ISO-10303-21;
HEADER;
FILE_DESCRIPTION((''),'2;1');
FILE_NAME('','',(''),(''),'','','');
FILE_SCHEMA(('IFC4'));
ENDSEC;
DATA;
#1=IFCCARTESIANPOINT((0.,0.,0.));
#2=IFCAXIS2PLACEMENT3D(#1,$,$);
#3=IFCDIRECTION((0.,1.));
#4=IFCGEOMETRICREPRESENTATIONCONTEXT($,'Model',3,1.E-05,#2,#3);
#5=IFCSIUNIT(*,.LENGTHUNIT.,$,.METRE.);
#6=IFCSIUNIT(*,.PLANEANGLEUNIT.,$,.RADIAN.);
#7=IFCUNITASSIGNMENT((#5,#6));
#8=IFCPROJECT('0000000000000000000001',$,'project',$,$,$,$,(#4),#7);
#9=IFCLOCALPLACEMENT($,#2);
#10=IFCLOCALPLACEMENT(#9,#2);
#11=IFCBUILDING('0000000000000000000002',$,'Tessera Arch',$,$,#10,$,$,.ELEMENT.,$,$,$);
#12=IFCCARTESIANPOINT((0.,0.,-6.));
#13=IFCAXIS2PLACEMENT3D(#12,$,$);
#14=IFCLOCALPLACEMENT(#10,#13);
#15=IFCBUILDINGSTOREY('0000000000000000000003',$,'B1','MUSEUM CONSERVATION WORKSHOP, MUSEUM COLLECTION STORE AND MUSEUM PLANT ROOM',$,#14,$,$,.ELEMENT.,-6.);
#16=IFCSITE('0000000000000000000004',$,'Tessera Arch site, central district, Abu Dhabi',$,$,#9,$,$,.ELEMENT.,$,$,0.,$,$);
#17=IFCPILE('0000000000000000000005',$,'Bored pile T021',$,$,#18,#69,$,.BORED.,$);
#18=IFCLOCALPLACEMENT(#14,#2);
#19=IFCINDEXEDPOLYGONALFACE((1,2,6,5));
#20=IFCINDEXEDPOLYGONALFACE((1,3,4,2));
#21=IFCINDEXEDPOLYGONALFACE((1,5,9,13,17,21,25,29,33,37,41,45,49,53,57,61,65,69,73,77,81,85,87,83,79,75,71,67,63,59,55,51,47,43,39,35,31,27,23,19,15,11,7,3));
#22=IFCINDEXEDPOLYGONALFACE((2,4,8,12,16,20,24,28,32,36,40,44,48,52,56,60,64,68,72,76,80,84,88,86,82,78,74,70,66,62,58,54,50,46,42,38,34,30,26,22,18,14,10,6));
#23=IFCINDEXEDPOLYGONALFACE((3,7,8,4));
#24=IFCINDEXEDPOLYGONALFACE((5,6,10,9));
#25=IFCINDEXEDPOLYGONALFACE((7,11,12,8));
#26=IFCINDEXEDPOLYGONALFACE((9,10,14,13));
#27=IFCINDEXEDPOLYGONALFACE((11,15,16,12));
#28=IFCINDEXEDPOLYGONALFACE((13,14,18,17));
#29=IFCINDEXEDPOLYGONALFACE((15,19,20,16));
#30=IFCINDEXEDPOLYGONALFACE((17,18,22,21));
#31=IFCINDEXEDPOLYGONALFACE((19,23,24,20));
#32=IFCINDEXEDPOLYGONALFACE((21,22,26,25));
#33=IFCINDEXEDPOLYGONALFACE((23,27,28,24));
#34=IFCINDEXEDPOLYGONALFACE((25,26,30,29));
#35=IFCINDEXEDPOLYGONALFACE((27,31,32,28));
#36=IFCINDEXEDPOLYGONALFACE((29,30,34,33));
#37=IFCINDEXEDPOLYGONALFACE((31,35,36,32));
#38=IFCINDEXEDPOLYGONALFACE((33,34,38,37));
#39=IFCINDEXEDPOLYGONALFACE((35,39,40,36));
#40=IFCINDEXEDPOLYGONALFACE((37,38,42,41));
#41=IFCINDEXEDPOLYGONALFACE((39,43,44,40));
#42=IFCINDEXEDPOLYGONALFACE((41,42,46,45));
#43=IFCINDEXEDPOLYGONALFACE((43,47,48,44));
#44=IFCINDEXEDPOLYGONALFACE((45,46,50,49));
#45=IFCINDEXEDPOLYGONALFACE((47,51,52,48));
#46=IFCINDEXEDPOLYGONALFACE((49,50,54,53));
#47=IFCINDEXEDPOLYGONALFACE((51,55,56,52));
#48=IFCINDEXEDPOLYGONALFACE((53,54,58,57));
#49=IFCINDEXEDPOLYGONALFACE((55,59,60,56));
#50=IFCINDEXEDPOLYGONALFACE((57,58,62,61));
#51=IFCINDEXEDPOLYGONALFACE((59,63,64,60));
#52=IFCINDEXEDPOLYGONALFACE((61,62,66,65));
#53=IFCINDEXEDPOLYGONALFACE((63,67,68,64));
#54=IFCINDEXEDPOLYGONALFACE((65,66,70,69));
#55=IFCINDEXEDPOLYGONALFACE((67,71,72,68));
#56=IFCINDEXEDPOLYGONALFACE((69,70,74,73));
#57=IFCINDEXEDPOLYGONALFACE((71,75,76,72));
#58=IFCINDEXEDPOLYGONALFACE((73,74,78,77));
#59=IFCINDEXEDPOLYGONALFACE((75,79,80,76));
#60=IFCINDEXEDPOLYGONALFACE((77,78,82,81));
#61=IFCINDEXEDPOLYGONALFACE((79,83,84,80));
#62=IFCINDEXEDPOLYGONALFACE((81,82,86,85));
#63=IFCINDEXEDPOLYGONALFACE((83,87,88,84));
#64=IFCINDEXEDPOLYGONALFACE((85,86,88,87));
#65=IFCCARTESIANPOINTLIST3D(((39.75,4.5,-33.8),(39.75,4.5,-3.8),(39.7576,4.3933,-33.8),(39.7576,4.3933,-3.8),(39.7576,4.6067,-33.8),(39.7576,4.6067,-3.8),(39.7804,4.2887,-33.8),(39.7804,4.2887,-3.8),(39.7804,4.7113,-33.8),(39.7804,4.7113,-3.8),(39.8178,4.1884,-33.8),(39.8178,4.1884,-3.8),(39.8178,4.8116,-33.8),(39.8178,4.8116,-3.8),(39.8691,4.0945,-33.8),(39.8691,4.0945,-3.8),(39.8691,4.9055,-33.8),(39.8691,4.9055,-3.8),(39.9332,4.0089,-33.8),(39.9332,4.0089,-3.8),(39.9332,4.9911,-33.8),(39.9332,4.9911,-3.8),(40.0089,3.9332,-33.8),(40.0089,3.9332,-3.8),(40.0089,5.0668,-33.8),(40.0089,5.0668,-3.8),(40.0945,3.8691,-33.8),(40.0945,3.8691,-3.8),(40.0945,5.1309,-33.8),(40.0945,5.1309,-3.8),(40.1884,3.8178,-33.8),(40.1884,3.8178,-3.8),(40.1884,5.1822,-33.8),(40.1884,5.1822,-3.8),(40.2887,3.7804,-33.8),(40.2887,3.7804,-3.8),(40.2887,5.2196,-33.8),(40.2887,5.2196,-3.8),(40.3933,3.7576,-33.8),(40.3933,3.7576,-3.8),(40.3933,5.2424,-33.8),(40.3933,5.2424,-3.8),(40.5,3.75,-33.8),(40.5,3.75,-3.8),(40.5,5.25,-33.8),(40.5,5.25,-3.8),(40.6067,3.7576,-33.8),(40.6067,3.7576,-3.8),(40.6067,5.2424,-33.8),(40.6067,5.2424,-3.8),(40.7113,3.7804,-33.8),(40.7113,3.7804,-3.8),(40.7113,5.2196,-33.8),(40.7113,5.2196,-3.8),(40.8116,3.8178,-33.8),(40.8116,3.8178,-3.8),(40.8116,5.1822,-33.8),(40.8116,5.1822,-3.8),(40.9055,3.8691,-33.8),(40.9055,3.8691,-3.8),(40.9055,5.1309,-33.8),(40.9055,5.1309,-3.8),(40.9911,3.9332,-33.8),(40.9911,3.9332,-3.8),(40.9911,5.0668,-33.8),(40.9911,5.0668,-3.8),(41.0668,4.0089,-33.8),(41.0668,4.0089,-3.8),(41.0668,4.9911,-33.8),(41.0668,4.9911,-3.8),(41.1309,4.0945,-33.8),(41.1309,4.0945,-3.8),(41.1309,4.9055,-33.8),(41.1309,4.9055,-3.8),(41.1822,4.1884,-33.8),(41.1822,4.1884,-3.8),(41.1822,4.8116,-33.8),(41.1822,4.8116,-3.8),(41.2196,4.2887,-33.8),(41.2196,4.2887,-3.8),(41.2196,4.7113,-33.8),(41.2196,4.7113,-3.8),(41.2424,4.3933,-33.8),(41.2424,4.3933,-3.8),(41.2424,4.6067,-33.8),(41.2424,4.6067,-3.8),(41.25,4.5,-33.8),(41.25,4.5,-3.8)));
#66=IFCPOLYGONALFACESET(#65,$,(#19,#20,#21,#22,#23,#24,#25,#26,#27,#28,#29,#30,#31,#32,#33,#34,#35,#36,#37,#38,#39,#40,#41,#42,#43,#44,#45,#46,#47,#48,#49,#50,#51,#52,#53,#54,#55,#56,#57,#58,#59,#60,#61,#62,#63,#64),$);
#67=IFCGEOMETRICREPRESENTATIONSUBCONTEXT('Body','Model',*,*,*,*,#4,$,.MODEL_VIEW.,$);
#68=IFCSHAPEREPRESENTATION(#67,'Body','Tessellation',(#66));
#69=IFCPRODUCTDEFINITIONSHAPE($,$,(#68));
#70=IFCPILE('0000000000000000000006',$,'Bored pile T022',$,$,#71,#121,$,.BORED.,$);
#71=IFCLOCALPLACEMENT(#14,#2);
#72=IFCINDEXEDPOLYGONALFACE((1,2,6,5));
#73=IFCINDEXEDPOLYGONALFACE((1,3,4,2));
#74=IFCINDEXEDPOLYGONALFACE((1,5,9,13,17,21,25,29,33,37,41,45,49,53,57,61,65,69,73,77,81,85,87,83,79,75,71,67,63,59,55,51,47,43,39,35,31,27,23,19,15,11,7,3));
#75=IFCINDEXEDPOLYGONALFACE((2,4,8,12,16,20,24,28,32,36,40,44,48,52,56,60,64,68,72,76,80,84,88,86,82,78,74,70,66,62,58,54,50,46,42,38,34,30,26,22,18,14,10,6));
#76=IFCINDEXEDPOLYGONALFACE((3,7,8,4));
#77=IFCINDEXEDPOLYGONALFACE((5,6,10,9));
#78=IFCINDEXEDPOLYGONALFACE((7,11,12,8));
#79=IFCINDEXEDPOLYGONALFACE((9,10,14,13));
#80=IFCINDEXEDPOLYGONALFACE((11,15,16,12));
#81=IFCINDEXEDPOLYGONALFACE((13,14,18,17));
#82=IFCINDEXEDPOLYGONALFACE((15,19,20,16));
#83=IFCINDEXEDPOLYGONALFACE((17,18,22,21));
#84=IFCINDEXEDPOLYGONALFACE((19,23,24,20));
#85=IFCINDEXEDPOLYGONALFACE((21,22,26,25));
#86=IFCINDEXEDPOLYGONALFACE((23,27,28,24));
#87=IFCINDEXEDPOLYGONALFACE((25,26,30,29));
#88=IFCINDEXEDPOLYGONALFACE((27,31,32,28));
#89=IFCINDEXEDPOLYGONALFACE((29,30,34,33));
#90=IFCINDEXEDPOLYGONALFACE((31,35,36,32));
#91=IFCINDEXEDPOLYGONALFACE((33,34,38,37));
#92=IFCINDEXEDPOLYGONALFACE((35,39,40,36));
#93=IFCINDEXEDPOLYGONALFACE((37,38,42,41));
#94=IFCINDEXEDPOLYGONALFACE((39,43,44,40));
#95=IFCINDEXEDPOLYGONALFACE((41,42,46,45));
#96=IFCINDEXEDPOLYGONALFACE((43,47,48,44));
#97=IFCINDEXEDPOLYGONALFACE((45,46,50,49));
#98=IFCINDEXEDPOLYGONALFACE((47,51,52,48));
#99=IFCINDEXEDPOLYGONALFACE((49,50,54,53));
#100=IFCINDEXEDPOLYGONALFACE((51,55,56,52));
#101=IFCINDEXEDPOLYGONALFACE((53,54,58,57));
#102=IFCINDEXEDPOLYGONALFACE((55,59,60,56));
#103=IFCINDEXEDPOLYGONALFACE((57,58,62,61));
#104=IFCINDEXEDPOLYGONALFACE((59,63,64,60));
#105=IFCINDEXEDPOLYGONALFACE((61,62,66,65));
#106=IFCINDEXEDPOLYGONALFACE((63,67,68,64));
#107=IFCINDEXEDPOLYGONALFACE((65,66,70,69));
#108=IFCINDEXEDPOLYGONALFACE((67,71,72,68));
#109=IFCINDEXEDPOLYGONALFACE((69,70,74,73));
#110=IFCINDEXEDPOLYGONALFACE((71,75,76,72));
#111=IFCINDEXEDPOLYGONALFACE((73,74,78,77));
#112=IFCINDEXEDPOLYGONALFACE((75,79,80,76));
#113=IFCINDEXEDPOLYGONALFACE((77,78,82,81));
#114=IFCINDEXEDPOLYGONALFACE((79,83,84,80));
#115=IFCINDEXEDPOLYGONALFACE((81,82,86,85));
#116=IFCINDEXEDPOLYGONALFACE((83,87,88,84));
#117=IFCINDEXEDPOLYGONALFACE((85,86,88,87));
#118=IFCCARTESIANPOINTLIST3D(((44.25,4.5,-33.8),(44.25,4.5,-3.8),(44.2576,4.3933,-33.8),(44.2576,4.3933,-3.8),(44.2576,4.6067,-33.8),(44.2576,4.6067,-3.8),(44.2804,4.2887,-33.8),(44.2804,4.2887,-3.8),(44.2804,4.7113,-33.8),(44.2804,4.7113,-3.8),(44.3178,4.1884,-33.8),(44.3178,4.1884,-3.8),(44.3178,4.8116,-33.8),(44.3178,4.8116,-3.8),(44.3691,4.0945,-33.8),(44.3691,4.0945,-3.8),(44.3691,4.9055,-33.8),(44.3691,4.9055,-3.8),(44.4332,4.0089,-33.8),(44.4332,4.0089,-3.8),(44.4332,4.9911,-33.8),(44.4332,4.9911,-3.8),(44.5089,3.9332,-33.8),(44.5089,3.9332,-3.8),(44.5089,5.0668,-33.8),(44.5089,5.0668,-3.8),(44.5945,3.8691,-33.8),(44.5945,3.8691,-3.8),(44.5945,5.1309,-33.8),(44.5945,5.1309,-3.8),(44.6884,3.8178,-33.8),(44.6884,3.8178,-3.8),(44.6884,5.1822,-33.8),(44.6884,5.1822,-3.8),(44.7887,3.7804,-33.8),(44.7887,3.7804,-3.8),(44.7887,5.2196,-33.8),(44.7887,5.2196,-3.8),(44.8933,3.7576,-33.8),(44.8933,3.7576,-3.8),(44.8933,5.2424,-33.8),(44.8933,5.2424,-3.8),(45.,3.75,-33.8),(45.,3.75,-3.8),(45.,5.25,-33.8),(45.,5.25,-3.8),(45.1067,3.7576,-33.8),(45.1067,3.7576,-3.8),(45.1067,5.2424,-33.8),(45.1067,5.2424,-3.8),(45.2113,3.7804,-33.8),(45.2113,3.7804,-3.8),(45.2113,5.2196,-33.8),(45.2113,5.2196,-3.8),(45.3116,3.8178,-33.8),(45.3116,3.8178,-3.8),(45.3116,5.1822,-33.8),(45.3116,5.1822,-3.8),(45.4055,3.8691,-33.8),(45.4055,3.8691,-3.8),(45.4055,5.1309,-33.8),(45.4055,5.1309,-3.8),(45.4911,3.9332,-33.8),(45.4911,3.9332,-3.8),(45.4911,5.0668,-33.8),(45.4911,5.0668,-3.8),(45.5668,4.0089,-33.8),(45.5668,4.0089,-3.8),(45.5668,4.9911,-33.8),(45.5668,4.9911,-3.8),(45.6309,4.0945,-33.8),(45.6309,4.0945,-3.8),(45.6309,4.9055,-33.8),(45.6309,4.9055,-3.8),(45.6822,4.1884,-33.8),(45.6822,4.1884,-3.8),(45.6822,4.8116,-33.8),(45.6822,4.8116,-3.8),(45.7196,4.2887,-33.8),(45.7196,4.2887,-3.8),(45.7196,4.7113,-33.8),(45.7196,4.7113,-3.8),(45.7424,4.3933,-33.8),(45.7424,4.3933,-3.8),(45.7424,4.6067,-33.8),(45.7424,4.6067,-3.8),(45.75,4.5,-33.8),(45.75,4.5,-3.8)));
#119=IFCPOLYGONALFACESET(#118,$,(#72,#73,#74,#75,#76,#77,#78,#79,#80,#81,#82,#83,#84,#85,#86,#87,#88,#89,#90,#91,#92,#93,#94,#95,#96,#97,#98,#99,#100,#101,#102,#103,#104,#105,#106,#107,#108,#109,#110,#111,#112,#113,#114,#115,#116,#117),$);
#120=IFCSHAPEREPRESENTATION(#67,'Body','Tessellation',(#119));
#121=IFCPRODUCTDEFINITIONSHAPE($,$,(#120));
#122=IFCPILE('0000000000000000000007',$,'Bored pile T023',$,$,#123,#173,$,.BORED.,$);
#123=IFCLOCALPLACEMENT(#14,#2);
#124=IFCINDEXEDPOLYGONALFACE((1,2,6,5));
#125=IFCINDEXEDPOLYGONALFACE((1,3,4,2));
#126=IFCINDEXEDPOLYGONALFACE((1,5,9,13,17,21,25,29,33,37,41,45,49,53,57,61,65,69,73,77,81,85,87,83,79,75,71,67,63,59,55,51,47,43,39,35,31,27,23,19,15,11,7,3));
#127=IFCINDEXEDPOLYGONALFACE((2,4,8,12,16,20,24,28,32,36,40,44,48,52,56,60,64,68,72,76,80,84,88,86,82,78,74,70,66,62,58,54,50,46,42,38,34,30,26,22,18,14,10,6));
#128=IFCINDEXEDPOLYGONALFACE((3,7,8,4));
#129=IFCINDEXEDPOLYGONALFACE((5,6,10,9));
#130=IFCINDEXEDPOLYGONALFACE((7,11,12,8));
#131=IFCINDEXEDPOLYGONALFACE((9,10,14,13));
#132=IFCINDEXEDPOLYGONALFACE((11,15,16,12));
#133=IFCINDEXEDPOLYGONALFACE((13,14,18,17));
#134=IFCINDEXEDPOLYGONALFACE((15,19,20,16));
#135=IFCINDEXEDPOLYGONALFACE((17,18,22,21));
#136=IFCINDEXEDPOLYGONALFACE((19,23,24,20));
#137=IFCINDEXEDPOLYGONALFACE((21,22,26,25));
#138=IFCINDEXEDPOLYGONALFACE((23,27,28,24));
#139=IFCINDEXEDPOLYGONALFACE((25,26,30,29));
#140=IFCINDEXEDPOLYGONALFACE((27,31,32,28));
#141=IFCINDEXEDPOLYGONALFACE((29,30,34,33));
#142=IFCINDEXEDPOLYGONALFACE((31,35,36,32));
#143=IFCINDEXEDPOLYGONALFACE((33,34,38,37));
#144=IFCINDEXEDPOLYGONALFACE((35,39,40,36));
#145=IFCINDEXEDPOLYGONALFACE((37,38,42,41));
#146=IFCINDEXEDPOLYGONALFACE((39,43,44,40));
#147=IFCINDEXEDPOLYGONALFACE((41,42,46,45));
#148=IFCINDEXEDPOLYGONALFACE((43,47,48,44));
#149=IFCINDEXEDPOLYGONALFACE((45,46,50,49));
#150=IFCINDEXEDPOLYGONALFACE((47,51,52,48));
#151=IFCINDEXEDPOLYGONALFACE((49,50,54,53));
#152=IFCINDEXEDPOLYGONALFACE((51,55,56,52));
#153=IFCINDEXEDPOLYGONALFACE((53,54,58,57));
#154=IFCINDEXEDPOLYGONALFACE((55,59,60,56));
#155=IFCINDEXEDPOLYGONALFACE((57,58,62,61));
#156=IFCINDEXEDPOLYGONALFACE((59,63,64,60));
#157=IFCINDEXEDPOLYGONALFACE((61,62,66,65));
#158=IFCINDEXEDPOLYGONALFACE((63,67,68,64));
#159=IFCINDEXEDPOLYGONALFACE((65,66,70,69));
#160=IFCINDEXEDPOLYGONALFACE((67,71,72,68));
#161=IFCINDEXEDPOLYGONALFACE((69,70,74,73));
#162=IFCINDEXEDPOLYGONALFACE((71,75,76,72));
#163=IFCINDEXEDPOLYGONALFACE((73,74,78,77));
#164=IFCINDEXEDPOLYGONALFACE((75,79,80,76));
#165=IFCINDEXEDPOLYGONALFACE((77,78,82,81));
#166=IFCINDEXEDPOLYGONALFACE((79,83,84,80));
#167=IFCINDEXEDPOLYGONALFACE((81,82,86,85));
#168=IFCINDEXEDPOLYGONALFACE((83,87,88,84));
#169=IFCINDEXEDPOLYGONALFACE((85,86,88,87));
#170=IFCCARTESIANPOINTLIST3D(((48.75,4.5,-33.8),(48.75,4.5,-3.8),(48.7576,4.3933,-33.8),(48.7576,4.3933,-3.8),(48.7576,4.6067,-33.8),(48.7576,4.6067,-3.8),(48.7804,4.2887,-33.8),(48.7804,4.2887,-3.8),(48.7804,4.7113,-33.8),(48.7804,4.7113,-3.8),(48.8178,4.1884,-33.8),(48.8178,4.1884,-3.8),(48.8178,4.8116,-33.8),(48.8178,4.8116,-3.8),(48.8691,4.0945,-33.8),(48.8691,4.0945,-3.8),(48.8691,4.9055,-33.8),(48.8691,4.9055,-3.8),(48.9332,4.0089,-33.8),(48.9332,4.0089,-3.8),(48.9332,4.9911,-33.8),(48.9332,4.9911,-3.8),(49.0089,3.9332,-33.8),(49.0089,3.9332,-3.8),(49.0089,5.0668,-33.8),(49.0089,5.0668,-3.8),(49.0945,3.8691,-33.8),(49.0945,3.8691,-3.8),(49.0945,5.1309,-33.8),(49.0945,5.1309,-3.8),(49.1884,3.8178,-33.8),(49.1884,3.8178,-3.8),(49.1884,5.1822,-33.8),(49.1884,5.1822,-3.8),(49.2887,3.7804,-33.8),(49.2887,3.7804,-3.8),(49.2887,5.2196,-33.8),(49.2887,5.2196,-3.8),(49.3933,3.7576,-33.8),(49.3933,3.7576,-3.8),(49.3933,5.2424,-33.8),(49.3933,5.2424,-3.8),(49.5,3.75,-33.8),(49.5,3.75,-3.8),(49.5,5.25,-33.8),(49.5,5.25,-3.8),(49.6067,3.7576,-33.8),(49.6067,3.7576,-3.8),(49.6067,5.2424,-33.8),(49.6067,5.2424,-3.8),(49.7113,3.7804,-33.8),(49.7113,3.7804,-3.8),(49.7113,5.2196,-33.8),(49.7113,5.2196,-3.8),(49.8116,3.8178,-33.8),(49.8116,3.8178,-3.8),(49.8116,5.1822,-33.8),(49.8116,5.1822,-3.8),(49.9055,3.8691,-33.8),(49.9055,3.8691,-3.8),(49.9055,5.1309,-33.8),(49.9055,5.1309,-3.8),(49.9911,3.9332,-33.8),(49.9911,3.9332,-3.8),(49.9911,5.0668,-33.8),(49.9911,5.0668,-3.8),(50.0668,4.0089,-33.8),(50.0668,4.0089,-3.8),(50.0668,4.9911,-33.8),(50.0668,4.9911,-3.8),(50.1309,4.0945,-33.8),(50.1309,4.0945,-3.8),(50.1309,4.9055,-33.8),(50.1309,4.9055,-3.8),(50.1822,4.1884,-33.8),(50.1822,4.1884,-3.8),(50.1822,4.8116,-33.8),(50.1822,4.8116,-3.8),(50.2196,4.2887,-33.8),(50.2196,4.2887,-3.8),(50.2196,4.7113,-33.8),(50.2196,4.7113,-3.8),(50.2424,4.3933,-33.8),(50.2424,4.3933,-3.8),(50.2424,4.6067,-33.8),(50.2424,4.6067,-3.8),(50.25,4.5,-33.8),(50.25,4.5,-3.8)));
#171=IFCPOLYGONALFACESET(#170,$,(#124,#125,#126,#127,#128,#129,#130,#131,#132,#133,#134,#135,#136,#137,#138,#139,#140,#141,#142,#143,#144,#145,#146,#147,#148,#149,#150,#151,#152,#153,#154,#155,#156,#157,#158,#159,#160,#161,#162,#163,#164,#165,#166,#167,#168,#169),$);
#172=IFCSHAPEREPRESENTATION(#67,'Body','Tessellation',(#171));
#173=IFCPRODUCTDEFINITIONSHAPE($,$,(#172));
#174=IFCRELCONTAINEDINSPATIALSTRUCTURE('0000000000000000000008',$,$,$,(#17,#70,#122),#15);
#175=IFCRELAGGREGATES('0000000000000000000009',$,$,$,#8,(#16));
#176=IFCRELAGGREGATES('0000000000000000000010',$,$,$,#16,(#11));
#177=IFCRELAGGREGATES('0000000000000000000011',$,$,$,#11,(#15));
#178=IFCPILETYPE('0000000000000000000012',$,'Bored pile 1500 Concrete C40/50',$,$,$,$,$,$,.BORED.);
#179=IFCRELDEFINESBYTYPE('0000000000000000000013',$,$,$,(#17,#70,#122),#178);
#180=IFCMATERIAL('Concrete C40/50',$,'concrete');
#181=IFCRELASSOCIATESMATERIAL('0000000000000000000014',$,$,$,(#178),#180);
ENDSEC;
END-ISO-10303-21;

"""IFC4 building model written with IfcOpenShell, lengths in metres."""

from ifc_helpers import new_model, si_unit, direction, frame, origin, origin_2d, place, context, subcontext, project, spatial, circle, extrude, material, type_object, element, save


model = new_model("IFC4")

# Units and contexts
model_context = context("Model", 3, precision=1e-05, world=origin(), true_north=direction((0.0, 1.0)))
body_context = subcontext(model_context, "Body", "Model", "MODEL_VIEW")
ifc_project = project(units=[si_unit("LENGTHUNIT", "METRE"), si_unit("PLANEANGLEUNIT", "RADIAN")], contexts=[model_context])

# Site, building, storey
site_placement = place(None, origin())
site = spatial("IfcSite", under=ifc_project, at=site_placement, Name="Tessera Arch site, central district, Abu Dhabi", CompositionType="ELEMENT", RefElevation=0.0)
building_placement = place(site_placement, origin())
building = spatial("IfcBuilding", under=site, at=building_placement, Name="Tessera Arch", CompositionType="ELEMENT")
storey_placement = place(building_placement, frame((0.0, 0.0, -6.0)))
storey = spatial("IfcBuildingStorey", under=building, at=storey_placement, Name="B1", Description="MUSEUM CONSERVATION WORKSHOP, MUSEUM COLLECTION STORE AND MUSEUM PLANT ROOM", CompositionType="ELEMENT", Elevation=-6.0)

# Piles
ifc_material_1 = material(Name="Concrete C40/50", Category="concrete")
pile_type = type_object("IfcPileType", Name="Bored pile 1500 Concrete C40/50", PredefinedType="BORED", material=ifc_material_1)
for number, where, z_axis, x_axis, name in (
    (1, (40.5, 4.5, -3.8), (0.0, 0.0, -1.0), (1.0, 0.0, 0.0), "Bored pile T021"),
    (2, (45.0, 4.5, -3.8), (0.0, 0.0, -1.0), (1.0, 0.0, 0.0), "Bored pile T022"),
    (3, (49.5, 4.5, -3.8), (0.0, 0.0, -1.0), (1.0, 0.0, 0.0), "Bored pile T023"),
):
    element("IfcPile", number, at=place(storey_placement, frame(where, z_axis=z_axis, x_axis=x_axis)), inside=storey, type_object=pile_type, Name=name, PredefinedType="BORED", context=body_context, shape_type="SweptSolid", body=[
        extrude(circle(Radius=0.75, at=origin_2d()), origin(), (0.0, 0.0, 1.0), 30.0),
    ])

save(model, "model.ifc")
